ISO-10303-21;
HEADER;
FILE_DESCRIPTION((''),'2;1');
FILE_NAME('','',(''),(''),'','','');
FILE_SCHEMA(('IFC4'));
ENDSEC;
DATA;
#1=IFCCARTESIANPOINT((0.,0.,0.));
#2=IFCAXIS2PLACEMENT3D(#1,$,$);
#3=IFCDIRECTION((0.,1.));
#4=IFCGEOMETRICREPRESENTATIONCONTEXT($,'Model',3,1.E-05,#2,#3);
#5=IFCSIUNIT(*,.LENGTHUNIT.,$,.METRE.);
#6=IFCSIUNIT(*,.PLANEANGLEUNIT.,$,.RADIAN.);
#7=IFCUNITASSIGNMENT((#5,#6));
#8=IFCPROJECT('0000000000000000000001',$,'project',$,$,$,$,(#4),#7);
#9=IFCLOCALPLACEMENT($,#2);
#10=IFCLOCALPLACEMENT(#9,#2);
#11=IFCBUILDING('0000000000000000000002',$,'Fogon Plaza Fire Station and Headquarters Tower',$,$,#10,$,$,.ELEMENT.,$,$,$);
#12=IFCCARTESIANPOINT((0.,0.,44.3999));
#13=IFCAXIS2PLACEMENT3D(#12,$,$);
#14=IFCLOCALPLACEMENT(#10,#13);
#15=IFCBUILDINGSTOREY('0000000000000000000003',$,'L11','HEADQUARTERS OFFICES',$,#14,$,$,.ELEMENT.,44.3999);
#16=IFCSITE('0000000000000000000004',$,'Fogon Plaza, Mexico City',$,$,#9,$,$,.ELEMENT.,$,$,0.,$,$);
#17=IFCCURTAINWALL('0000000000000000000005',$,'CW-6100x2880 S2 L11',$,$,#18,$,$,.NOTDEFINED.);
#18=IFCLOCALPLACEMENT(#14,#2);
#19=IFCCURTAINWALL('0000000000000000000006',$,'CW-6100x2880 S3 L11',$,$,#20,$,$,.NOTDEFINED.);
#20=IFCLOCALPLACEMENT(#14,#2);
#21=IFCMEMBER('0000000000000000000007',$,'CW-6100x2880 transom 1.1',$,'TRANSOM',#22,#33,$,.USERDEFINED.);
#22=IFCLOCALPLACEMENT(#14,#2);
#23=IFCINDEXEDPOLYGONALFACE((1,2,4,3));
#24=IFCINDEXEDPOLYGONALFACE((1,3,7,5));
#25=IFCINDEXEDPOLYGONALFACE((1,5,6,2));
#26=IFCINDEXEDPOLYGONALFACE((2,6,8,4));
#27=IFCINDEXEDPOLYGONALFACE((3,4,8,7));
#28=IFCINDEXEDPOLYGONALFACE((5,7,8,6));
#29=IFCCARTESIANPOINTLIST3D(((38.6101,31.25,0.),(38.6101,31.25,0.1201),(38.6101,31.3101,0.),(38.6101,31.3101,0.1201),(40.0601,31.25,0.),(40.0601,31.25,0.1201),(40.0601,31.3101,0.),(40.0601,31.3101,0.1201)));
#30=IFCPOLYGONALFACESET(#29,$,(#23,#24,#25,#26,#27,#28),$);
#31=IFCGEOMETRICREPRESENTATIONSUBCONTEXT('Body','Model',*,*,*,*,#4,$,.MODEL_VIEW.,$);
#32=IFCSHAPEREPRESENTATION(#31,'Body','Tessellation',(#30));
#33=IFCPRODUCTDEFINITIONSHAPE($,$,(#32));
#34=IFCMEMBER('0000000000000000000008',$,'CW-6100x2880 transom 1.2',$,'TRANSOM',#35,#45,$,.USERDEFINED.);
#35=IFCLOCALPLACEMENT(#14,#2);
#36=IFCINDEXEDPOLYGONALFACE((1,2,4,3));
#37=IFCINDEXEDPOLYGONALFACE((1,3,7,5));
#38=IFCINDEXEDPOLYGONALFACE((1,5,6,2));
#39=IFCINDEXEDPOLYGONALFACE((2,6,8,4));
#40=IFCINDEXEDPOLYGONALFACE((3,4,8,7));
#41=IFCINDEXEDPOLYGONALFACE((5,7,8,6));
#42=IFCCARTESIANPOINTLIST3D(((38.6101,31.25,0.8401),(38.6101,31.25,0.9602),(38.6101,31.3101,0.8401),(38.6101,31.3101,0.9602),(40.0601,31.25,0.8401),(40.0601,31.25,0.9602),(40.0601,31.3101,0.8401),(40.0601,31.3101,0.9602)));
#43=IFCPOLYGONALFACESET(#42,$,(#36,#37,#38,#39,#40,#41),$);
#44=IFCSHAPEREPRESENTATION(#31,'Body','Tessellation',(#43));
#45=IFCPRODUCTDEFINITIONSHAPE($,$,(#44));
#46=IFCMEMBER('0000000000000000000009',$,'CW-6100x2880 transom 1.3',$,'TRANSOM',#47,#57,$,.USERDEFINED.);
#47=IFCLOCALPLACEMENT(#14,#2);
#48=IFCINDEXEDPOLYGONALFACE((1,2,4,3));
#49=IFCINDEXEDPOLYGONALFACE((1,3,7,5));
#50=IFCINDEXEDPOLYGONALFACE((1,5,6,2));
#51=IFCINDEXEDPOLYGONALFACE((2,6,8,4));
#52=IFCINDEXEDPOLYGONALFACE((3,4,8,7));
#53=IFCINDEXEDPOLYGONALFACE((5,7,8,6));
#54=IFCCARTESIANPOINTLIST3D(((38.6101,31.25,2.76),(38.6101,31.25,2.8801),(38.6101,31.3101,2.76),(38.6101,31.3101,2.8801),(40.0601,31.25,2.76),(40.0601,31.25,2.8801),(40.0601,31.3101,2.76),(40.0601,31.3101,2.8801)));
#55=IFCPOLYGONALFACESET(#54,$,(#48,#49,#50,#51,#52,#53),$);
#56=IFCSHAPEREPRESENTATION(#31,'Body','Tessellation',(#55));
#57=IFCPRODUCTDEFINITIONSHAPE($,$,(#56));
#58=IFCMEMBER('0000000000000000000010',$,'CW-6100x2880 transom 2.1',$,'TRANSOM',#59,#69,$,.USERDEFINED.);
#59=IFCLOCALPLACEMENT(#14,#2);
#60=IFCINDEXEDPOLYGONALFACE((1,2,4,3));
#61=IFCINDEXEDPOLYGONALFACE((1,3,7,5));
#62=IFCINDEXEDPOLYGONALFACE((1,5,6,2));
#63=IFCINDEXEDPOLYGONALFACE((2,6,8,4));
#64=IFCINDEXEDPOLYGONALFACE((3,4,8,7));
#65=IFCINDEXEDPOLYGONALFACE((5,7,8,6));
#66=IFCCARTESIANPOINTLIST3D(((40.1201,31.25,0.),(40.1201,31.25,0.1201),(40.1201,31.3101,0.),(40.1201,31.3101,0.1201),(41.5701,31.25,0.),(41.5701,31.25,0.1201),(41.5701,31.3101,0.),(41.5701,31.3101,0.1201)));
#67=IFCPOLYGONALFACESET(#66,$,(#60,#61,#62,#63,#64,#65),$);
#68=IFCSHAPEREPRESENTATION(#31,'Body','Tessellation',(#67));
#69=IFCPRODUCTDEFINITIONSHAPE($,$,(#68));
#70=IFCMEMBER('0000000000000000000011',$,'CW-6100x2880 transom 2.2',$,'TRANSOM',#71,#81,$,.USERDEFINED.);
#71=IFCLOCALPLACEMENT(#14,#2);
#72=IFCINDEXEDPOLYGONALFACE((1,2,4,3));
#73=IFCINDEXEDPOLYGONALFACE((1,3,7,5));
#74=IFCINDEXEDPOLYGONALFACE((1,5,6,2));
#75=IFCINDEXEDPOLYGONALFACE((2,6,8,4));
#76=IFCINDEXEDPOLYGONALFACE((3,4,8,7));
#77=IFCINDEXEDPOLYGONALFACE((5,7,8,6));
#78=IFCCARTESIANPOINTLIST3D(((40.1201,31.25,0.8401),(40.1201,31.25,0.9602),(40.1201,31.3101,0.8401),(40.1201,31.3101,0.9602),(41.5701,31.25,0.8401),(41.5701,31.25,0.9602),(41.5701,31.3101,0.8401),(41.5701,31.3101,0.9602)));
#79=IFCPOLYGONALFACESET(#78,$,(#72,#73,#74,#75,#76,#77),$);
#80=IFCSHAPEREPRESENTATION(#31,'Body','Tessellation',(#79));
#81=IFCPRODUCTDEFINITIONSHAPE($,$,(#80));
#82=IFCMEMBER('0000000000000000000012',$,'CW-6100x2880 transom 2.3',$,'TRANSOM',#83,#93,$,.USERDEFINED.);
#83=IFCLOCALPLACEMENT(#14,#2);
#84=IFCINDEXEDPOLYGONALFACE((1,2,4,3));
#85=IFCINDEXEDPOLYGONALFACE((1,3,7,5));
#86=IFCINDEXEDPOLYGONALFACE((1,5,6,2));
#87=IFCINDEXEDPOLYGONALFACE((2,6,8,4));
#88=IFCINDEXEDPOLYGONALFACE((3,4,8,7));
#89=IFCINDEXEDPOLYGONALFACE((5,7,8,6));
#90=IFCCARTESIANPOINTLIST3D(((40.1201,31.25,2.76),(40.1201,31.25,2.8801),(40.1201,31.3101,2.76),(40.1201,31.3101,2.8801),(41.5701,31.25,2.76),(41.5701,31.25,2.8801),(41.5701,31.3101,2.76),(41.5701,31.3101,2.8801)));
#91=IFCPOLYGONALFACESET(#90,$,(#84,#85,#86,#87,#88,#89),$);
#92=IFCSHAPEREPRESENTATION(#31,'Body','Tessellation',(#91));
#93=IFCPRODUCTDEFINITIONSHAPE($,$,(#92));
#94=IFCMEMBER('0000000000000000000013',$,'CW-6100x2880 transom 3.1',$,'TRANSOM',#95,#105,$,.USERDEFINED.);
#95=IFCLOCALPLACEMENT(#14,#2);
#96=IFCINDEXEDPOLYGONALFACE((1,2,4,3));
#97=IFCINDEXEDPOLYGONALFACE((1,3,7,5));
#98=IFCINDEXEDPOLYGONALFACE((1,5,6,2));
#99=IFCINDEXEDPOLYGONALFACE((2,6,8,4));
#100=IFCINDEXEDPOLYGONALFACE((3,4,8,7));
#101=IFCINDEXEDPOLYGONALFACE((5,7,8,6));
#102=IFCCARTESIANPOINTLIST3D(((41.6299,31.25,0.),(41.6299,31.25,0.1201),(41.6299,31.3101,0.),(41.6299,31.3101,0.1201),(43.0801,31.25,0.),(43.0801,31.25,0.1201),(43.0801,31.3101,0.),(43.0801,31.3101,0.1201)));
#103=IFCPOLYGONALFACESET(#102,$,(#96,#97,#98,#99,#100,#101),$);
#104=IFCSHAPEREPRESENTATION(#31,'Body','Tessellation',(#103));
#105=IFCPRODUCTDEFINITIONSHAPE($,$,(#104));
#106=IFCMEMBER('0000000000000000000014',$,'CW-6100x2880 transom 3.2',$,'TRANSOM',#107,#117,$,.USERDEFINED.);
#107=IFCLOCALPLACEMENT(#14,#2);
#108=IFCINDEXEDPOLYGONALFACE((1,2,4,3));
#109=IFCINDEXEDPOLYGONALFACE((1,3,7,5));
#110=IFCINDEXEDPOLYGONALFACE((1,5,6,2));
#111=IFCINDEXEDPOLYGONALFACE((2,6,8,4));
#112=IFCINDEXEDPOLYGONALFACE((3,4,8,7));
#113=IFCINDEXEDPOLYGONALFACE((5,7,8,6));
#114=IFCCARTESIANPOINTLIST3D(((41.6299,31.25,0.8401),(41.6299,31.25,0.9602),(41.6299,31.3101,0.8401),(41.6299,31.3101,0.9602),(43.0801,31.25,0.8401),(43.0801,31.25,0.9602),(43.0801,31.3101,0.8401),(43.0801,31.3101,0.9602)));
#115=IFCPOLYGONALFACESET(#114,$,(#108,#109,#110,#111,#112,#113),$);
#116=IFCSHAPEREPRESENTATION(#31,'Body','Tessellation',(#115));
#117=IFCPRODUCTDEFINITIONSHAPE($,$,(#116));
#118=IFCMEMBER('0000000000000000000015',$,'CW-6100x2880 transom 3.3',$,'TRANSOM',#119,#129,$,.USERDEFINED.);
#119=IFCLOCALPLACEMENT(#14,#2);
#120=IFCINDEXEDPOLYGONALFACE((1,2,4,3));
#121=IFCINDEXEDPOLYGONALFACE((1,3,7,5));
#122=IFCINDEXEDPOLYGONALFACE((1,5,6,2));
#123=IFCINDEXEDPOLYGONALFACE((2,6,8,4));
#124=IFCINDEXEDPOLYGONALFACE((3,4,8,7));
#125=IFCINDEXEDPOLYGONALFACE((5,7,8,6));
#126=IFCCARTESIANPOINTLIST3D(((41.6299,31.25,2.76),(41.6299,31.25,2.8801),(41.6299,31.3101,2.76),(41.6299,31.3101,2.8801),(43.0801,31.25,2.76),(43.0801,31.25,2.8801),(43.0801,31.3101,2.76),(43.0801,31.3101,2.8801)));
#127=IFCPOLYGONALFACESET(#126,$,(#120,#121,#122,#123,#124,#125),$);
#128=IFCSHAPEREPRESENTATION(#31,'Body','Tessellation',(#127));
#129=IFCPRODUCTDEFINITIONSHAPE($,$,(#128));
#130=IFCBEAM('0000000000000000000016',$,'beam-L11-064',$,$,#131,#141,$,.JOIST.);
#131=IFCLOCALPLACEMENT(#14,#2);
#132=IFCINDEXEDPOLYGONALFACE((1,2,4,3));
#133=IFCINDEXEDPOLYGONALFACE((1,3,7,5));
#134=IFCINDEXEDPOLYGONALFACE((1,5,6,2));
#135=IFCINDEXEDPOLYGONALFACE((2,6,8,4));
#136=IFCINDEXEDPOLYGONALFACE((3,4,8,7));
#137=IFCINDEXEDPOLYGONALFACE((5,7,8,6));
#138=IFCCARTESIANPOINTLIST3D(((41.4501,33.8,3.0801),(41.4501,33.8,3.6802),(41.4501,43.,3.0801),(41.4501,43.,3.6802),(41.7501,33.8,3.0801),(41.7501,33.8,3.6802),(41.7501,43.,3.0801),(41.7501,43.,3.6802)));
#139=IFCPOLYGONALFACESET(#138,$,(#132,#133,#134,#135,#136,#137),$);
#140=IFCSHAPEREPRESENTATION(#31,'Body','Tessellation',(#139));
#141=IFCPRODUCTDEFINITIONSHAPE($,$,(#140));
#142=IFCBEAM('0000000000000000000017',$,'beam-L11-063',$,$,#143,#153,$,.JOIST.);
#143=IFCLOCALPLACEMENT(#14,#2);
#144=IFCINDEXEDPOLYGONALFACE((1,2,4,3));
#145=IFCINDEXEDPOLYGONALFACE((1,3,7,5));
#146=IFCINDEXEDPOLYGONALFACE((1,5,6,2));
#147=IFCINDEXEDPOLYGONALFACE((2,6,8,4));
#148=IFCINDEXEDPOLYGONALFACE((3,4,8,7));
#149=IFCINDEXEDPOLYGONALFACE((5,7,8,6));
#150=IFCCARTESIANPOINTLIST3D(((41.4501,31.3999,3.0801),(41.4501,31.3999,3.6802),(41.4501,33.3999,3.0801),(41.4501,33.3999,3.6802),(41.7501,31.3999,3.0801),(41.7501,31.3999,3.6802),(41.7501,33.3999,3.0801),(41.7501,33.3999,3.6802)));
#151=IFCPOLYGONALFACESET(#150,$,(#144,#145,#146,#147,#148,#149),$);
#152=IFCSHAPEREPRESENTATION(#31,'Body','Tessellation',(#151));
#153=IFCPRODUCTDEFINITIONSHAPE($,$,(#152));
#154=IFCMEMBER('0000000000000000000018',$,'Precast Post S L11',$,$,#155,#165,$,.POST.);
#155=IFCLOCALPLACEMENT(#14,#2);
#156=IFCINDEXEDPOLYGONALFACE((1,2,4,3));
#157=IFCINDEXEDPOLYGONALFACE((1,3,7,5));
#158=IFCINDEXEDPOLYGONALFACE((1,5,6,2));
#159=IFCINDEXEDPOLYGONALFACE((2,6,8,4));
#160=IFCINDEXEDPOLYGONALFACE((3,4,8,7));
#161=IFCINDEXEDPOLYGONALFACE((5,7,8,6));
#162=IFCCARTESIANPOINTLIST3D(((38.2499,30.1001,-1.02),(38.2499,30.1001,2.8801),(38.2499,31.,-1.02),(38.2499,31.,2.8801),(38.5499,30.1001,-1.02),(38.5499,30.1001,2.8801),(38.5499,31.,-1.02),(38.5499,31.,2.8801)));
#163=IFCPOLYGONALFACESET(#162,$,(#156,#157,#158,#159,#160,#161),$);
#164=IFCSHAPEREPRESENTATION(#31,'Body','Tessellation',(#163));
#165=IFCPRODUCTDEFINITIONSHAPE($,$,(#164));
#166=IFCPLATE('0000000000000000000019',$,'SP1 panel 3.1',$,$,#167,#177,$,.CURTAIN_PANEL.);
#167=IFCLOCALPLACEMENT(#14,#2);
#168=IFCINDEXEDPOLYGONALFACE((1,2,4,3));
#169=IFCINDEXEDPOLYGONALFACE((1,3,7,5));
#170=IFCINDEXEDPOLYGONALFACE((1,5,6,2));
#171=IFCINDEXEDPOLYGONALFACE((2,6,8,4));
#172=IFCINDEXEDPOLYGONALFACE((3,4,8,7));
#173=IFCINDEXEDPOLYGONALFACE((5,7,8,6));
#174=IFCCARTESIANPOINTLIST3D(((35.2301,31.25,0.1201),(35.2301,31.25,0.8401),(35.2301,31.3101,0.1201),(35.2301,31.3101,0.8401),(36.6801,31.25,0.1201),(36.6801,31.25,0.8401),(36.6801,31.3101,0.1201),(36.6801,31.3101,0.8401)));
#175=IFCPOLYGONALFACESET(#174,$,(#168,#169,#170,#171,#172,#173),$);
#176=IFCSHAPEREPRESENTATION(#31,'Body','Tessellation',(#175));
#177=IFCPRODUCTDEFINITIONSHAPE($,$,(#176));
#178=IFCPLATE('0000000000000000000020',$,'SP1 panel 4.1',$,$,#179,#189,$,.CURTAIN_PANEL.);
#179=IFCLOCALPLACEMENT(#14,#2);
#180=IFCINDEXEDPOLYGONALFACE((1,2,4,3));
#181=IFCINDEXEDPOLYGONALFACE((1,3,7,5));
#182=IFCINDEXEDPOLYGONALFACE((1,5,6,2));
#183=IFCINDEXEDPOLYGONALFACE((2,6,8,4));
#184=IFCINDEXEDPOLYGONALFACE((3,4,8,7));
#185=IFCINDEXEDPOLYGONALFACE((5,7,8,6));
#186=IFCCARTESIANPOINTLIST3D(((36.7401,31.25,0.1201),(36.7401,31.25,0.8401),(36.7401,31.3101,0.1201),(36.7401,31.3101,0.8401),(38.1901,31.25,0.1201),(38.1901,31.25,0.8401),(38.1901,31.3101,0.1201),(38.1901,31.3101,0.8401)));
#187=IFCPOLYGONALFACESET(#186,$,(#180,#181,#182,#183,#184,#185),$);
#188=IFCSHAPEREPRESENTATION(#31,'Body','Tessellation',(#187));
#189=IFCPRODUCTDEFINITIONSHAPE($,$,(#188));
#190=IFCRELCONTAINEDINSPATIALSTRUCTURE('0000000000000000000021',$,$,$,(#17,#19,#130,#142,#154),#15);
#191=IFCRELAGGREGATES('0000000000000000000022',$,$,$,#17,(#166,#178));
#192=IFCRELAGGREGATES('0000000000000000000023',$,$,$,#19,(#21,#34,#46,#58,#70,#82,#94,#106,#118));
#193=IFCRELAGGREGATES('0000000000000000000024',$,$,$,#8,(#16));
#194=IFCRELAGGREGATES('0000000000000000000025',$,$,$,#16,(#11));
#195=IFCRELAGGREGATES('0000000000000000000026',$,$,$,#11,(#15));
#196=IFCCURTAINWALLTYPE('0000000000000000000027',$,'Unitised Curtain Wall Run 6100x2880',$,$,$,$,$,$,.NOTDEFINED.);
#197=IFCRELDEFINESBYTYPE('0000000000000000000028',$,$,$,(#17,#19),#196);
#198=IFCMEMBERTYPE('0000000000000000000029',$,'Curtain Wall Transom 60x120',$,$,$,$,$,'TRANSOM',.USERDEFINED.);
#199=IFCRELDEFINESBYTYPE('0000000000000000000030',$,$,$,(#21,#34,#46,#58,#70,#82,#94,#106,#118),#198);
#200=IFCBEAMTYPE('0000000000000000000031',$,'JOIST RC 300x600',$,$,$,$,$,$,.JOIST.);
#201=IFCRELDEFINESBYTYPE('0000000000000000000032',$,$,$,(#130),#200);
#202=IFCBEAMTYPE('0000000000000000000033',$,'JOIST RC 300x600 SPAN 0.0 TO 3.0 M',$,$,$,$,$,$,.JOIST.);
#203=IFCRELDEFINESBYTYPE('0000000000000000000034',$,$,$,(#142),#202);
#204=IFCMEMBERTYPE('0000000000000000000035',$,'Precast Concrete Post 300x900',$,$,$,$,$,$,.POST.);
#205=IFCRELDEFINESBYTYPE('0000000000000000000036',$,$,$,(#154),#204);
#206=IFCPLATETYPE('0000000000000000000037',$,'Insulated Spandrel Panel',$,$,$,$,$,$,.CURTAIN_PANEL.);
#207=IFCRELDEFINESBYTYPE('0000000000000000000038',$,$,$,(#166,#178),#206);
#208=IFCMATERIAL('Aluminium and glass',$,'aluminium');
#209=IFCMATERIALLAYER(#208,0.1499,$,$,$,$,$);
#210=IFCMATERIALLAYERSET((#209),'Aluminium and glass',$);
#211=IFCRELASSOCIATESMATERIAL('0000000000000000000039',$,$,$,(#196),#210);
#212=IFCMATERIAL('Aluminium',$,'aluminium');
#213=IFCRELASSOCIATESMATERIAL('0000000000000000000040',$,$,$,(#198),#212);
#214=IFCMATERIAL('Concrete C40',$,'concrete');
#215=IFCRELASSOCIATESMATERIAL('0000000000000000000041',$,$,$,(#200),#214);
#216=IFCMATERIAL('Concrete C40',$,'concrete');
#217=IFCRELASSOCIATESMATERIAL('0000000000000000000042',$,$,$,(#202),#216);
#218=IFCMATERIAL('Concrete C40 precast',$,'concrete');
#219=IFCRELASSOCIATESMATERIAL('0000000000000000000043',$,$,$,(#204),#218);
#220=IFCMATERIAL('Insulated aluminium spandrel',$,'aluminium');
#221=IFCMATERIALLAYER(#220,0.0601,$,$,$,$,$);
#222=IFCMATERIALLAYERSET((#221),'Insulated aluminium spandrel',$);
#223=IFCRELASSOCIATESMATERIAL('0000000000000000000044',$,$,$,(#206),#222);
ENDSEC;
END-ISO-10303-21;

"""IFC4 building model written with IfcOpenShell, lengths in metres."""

from ifc_helpers import new_model, si_unit, direction, frame, origin, origin_2d, place, context, subcontext, project, spatial, rectangle, extrude, material, layer, layer_set, material_profile, profile_set, type_object, element, aggregate, save


model = new_model("IFC4")

# Units and contexts
model_context = context("Model", 3, precision=1e-05, world=origin(), true_north=direction((0.0, 1.0)))
body_context = subcontext(model_context, "Body", "Model", "MODEL_VIEW")
ifc_project = project(units=[si_unit("LENGTHUNIT", "METRE"), si_unit("PLANEANGLEUNIT", "RADIAN")], contexts=[model_context])

# Site, building, storey
site_placement = place(None, origin())
site = spatial("IfcSite", under=ifc_project, at=site_placement, Name="Fogon Plaza, Mexico City", CompositionType="ELEMENT", RefElevation=0.0)
building_placement = place(site_placement, origin())
building = spatial("IfcBuilding", under=site, at=building_placement, Name="Fogon Plaza Fire Station and Headquarters Tower", CompositionType="ELEMENT")
storey_placement = place(building_placement, frame((0.0, 0.0, 44.3999)))
storey = spatial("IfcBuildingStorey", under=building, at=storey_placement, Name="L11", Description="HEADQUARTERS OFFICES", CompositionType="ELEMENT", Elevation=44.3999)

# Curtain walls
ifc_material_1 = material(Name="Aluminium and glass", Category="aluminium")
ifc_layer_1 = layer(ifc_material_1, 0.1499)
ifc_layer_set_1 = layer_set([ifc_layer_1], Name="Aluminium and glass")
curtain_wall_type = type_object("IfcCurtainWallType", Name="Unitised Curtain Wall Run 6100x2880", PredefinedType="NOTDEFINED", material=ifc_layer_set_1)
curtain_wall_1_placement = place(storey_placement, origin())
curtain_wall_1 = element("IfcCurtainWall", 1, at=curtain_wall_1_placement, inside=storey, type_object=curtain_wall_type, Name="CW-6100x2880 S2 L11", PredefinedType="NOTDEFINED")
curtain_wall_2_placement = place(storey_placement, origin())
curtain_wall_2 = element("IfcCurtainWall", 2, at=curtain_wall_2_placement, inside=storey, type_object=curtain_wall_type, Name="CW-6100x2880 S3 L11", PredefinedType="NOTDEFINED")

# Members
ifc_material_2 = material(Name="Aluminium", Category="aluminium")
ifc_material_profile_1 = material_profile(ifc_material_2, rectangle(XDim=0.0601, YDim=0.1201, at=origin_2d()), Name="Curtain Wall Transom 60x120")
ifc_profile_set_1 = profile_set([ifc_material_profile_1], Name="Aluminium")
member_type_1 = type_object("IfcMemberType", Name="Curtain Wall Transom 60x120", ElementType="TRANSOM", PredefinedType="USERDEFINED", material=ifc_profile_set_1)
member_1_placement = place(storey_placement, frame((38.6101, 31.28, 0.0601), z_axis=(1.0, 0.0, 0.0), x_axis=(0.0, 1.0, 0.0)))
member_1 = element("IfcMember", 3, at=member_1_placement, type_object=member_type_1, Name="CW-6100x2880 transom 1.1", ObjectType="TRANSOM", PredefinedType="USERDEFINED", context=body_context, shape_type="SweptSolid", body=[
    extrude(rectangle(XDim=0.0601, YDim=0.1201, at=origin_2d()), origin(), (0.0, 0.0, 1.0), 1.45),
])
member_2_placement = place(storey_placement, frame((38.6101, 31.28, 0.9001), z_axis=(1.0, 0.0, 0.0), x_axis=(0.0, 1.0, 0.0)))
member_2 = element("IfcMember", 4, at=member_2_placement, type_object=member_type_1, Name="CW-6100x2880 transom 1.2", ObjectType="TRANSOM", PredefinedType="USERDEFINED", context=body_context, shape_type="SweptSolid", body=[
    extrude(rectangle(XDim=0.0601, YDim=0.1201, at=origin_2d()), origin(), (0.0, 0.0, 1.0), 1.45),
])
member_3_placement = place(storey_placement, frame((38.6101, 31.28, 2.8201), z_axis=(1.0, 0.0, 0.0), x_axis=(0.0, 1.0, 0.0)))
member_3 = element("IfcMember", 5, at=member_3_placement, type_object=member_type_1, Name="CW-6100x2880 transom 1.3", ObjectType="TRANSOM", PredefinedType="USERDEFINED", context=body_context, shape_type="SweptSolid", body=[
    extrude(rectangle(XDim=0.0601, YDim=0.1201, at=origin_2d()), origin(), (0.0, 0.0, 1.0), 1.45),
])
member_4_placement = place(storey_placement, frame((40.1201, 31.28, 0.0601), z_axis=(1.0, 0.0, 0.0), x_axis=(0.0, 1.0, 0.0)))
member_4 = element("IfcMember", 6, at=member_4_placement, type_object=member_type_1, Name="CW-6100x2880 transom 2.1", ObjectType="TRANSOM", PredefinedType="USERDEFINED", context=body_context, shape_type="SweptSolid", body=[
    extrude(rectangle(XDim=0.0601, YDim=0.1201, at=origin_2d()), origin(), (0.0, 0.0, 1.0), 1.45),
])
member_5_placement = place(storey_placement, frame((40.1201, 31.28, 0.9001), z_axis=(1.0, 0.0, 0.0), x_axis=(0.0, 1.0, 0.0)))
member_5 = element("IfcMember", 7, at=member_5_placement, type_object=member_type_1, Name="CW-6100x2880 transom 2.2", ObjectType="TRANSOM", PredefinedType="USERDEFINED", context=body_context, shape_type="SweptSolid", body=[
    extrude(rectangle(XDim=0.0601, YDim=0.1201, at=origin_2d()), origin(), (0.0, 0.0, 1.0), 1.45),
])
member_6_placement = place(storey_placement, frame((40.1201, 31.28, 2.8201), z_axis=(1.0, 0.0, 0.0), x_axis=(0.0, 1.0, 0.0)))
member_6 = element("IfcMember", 8, at=member_6_placement, type_object=member_type_1, Name="CW-6100x2880 transom 2.3", ObjectType="TRANSOM", PredefinedType="USERDEFINED", context=body_context, shape_type="SweptSolid", body=[
    extrude(rectangle(XDim=0.0601, YDim=0.1201, at=origin_2d()), origin(), (0.0, 0.0, 1.0), 1.45),
])
member_7_placement = place(storey_placement, frame((41.6299, 31.28, 0.0601), z_axis=(1.0, 0.0, 0.0), x_axis=(0.0, 1.0, 0.0)))
member_7 = element("IfcMember", 9, at=member_7_placement, type_object=member_type_1, Name="CW-6100x2880 transom 3.1", ObjectType="TRANSOM", PredefinedType="USERDEFINED", context=body_context, shape_type="SweptSolid", body=[
    extrude(rectangle(XDim=0.0601, YDim=0.1201, at=origin_2d()), origin(), (0.0, 0.0, 1.0), 1.4502),
])
member_8_placement = place(storey_placement, frame((41.6299, 31.28, 0.9001), z_axis=(1.0, 0.0, 0.0), x_axis=(0.0, 1.0, 0.0)))
member_8 = element("IfcMember", 10, at=member_8_placement, type_object=member_type_1, Name="CW-6100x2880 transom 3.2", ObjectType="TRANSOM", PredefinedType="USERDEFINED", context=body_context, shape_type="SweptSolid", body=[
    extrude(rectangle(XDim=0.0601, YDim=0.1201, at=origin_2d()), origin(), (0.0, 0.0, 1.0), 1.4502),
])
member_9_placement = place(storey_placement, frame((41.6299, 31.28, 2.8201), z_axis=(1.0, 0.0, 0.0), x_axis=(0.0, 1.0, 0.0)))
member_9 = element("IfcMember", 11, at=member_9_placement, type_object=member_type_1, Name="CW-6100x2880 transom 3.3", ObjectType="TRANSOM", PredefinedType="USERDEFINED", context=body_context, shape_type="SweptSolid", body=[
    extrude(rectangle(XDim=0.0601, YDim=0.1201, at=origin_2d()), origin(), (0.0, 0.0, 1.0), 1.4502),
])

# Beams
ifc_material_3 = material(Name="Concrete C40", Category="concrete")
ifc_material_profile_2 = material_profile(ifc_material_3, rectangle(XDim=0.3, YDim=0.6001, at=origin_2d()), Name="RC 300x600")
ifc_profile_set_2 = profile_set([ifc_material_profile_2], Name="Concrete C40")
beam_type_1 = type_object("IfcBeamType", Name="JOIST RC 300x600", PredefinedType="JOIST", material=ifc_profile_set_2)
beam_1_placement = place(storey_placement, frame((41.6001, 33.8, 3.3801), z_axis=(0.0, 1.0, 0.0), x_axis=(-1.0, 0.0, 0.0)))
element("IfcBeam", 12, at=beam_1_placement, inside=storey, type_object=beam_type_1, Name="beam-L11-064", PredefinedType="JOIST", context=body_context, shape_type="SweptSolid", body=[
    extrude(rectangle(XDim=0.3, YDim=0.6001, at=origin_2d()), origin(), (0.0, 0.0, 1.0), 9.2),
])
ifc_material_4 = material(Name="Concrete C40", Category="concrete")
ifc_material_profile_3 = material_profile(ifc_material_4, rectangle(XDim=0.3, YDim=0.6001, at=origin_2d()), Name="RC 300x600")
ifc_profile_set_3 = profile_set([ifc_material_profile_3], Name="Concrete C40")
beam_type_2 = type_object("IfcBeamType", Name="JOIST RC 300x600 SPAN 0.0 TO 3.0 M", PredefinedType="JOIST", material=ifc_profile_set_3)
beam_2_placement = place(storey_placement, frame((41.6001, 31.3999, 3.3801), z_axis=(0.0, 1.0, 0.0), x_axis=(-1.0, 0.0, 0.0)))
element("IfcBeam", 13, at=beam_2_placement, inside=storey, type_object=beam_type_2, Name="beam-L11-063", PredefinedType="JOIST", context=body_context, shape_type="SweptSolid", body=[
    extrude(rectangle(XDim=0.3, YDim=0.6001, at=origin_2d()), origin(), (0.0, 0.0, 1.0), 2.0),
])

# Member
ifc_material_5 = material(Name="Concrete C40 precast", Category="concrete")
ifc_material_profile_4 = material_profile(ifc_material_5, rectangle(XDim=0.3, YDim=0.8999, at=origin_2d()), Name="Precast Concrete Post 300x900")
ifc_profile_set_4 = profile_set([ifc_material_profile_4], Name="Concrete C40 precast")
member_type_2 = type_object("IfcMemberType", Name="Precast Concrete Post 300x900", PredefinedType="POST", material=ifc_profile_set_4)
member_10_placement = place(storey_placement, frame((38.3999, 30.55, -1.02), z_axis=(0.0, 0.0, 1.0), x_axis=(1.0, 0.0, 0.0)))
element("IfcMember", 14, at=member_10_placement, inside=storey, type_object=member_type_2, Name="Precast Post S L11", PredefinedType="POST", context=body_context, shape_type="SweptSolid", body=[
    extrude(rectangle(XDim=0.3, YDim=0.8999, at=origin_2d()), origin(), (0.0, 0.0, 1.0), 3.9001),
])

# Plates
ifc_material_6 = material(Name="Insulated aluminium spandrel", Category="aluminium")
ifc_layer_2 = layer(ifc_material_6, 0.0601)
ifc_layer_set_2 = layer_set([ifc_layer_2], Name="Insulated aluminium spandrel")
plate_type_1 = type_object("IfcPlateType", Name="Insulated Spandrel Panel", PredefinedType="CURTAIN_PANEL", material=ifc_layer_set_2)
plate_1_placement = place(storey_placement, frame((35.9551, 31.28, 0.1201), z_axis=(0.0, 0.0, 1.0), x_axis=(1.0, 0.0, 0.0)))
plate_1 = element("IfcPlate", 15, at=plate_1_placement, type_object=plate_type_1, Name="SP1 panel 3.1", PredefinedType="CURTAIN_PANEL", context=body_context, shape_type="SweptSolid", body=[
    extrude(rectangle(XDim=1.45, YDim=0.0601, at=origin_2d()), origin(), (0.0, 0.0, 1.0), 0.72),
])
plate_2_placement = place(storey_placement, frame((37.4651, 31.28, 0.1201), z_axis=(0.0, 0.0, 1.0), x_axis=(1.0, 0.0, 0.0)))
plate_2 = element("IfcPlate", 16, at=plate_2_placement, type_object=plate_type_1, Name="SP1 panel 4.1", PredefinedType="CURTAIN_PANEL", context=body_context, shape_type="SweptSolid", body=[
    extrude(rectangle(XDim=1.45, YDim=0.0601, at=origin_2d()), origin(), (0.0, 0.0, 1.0), 0.72),
])
aggregate(curtain_wall_1, [plate_1, plate_2])
aggregate(curtain_wall_2, [member_1, member_2, member_3, member_4, member_5, member_6, member_7, member_8, member_9])

save(model, "model.ifc")
